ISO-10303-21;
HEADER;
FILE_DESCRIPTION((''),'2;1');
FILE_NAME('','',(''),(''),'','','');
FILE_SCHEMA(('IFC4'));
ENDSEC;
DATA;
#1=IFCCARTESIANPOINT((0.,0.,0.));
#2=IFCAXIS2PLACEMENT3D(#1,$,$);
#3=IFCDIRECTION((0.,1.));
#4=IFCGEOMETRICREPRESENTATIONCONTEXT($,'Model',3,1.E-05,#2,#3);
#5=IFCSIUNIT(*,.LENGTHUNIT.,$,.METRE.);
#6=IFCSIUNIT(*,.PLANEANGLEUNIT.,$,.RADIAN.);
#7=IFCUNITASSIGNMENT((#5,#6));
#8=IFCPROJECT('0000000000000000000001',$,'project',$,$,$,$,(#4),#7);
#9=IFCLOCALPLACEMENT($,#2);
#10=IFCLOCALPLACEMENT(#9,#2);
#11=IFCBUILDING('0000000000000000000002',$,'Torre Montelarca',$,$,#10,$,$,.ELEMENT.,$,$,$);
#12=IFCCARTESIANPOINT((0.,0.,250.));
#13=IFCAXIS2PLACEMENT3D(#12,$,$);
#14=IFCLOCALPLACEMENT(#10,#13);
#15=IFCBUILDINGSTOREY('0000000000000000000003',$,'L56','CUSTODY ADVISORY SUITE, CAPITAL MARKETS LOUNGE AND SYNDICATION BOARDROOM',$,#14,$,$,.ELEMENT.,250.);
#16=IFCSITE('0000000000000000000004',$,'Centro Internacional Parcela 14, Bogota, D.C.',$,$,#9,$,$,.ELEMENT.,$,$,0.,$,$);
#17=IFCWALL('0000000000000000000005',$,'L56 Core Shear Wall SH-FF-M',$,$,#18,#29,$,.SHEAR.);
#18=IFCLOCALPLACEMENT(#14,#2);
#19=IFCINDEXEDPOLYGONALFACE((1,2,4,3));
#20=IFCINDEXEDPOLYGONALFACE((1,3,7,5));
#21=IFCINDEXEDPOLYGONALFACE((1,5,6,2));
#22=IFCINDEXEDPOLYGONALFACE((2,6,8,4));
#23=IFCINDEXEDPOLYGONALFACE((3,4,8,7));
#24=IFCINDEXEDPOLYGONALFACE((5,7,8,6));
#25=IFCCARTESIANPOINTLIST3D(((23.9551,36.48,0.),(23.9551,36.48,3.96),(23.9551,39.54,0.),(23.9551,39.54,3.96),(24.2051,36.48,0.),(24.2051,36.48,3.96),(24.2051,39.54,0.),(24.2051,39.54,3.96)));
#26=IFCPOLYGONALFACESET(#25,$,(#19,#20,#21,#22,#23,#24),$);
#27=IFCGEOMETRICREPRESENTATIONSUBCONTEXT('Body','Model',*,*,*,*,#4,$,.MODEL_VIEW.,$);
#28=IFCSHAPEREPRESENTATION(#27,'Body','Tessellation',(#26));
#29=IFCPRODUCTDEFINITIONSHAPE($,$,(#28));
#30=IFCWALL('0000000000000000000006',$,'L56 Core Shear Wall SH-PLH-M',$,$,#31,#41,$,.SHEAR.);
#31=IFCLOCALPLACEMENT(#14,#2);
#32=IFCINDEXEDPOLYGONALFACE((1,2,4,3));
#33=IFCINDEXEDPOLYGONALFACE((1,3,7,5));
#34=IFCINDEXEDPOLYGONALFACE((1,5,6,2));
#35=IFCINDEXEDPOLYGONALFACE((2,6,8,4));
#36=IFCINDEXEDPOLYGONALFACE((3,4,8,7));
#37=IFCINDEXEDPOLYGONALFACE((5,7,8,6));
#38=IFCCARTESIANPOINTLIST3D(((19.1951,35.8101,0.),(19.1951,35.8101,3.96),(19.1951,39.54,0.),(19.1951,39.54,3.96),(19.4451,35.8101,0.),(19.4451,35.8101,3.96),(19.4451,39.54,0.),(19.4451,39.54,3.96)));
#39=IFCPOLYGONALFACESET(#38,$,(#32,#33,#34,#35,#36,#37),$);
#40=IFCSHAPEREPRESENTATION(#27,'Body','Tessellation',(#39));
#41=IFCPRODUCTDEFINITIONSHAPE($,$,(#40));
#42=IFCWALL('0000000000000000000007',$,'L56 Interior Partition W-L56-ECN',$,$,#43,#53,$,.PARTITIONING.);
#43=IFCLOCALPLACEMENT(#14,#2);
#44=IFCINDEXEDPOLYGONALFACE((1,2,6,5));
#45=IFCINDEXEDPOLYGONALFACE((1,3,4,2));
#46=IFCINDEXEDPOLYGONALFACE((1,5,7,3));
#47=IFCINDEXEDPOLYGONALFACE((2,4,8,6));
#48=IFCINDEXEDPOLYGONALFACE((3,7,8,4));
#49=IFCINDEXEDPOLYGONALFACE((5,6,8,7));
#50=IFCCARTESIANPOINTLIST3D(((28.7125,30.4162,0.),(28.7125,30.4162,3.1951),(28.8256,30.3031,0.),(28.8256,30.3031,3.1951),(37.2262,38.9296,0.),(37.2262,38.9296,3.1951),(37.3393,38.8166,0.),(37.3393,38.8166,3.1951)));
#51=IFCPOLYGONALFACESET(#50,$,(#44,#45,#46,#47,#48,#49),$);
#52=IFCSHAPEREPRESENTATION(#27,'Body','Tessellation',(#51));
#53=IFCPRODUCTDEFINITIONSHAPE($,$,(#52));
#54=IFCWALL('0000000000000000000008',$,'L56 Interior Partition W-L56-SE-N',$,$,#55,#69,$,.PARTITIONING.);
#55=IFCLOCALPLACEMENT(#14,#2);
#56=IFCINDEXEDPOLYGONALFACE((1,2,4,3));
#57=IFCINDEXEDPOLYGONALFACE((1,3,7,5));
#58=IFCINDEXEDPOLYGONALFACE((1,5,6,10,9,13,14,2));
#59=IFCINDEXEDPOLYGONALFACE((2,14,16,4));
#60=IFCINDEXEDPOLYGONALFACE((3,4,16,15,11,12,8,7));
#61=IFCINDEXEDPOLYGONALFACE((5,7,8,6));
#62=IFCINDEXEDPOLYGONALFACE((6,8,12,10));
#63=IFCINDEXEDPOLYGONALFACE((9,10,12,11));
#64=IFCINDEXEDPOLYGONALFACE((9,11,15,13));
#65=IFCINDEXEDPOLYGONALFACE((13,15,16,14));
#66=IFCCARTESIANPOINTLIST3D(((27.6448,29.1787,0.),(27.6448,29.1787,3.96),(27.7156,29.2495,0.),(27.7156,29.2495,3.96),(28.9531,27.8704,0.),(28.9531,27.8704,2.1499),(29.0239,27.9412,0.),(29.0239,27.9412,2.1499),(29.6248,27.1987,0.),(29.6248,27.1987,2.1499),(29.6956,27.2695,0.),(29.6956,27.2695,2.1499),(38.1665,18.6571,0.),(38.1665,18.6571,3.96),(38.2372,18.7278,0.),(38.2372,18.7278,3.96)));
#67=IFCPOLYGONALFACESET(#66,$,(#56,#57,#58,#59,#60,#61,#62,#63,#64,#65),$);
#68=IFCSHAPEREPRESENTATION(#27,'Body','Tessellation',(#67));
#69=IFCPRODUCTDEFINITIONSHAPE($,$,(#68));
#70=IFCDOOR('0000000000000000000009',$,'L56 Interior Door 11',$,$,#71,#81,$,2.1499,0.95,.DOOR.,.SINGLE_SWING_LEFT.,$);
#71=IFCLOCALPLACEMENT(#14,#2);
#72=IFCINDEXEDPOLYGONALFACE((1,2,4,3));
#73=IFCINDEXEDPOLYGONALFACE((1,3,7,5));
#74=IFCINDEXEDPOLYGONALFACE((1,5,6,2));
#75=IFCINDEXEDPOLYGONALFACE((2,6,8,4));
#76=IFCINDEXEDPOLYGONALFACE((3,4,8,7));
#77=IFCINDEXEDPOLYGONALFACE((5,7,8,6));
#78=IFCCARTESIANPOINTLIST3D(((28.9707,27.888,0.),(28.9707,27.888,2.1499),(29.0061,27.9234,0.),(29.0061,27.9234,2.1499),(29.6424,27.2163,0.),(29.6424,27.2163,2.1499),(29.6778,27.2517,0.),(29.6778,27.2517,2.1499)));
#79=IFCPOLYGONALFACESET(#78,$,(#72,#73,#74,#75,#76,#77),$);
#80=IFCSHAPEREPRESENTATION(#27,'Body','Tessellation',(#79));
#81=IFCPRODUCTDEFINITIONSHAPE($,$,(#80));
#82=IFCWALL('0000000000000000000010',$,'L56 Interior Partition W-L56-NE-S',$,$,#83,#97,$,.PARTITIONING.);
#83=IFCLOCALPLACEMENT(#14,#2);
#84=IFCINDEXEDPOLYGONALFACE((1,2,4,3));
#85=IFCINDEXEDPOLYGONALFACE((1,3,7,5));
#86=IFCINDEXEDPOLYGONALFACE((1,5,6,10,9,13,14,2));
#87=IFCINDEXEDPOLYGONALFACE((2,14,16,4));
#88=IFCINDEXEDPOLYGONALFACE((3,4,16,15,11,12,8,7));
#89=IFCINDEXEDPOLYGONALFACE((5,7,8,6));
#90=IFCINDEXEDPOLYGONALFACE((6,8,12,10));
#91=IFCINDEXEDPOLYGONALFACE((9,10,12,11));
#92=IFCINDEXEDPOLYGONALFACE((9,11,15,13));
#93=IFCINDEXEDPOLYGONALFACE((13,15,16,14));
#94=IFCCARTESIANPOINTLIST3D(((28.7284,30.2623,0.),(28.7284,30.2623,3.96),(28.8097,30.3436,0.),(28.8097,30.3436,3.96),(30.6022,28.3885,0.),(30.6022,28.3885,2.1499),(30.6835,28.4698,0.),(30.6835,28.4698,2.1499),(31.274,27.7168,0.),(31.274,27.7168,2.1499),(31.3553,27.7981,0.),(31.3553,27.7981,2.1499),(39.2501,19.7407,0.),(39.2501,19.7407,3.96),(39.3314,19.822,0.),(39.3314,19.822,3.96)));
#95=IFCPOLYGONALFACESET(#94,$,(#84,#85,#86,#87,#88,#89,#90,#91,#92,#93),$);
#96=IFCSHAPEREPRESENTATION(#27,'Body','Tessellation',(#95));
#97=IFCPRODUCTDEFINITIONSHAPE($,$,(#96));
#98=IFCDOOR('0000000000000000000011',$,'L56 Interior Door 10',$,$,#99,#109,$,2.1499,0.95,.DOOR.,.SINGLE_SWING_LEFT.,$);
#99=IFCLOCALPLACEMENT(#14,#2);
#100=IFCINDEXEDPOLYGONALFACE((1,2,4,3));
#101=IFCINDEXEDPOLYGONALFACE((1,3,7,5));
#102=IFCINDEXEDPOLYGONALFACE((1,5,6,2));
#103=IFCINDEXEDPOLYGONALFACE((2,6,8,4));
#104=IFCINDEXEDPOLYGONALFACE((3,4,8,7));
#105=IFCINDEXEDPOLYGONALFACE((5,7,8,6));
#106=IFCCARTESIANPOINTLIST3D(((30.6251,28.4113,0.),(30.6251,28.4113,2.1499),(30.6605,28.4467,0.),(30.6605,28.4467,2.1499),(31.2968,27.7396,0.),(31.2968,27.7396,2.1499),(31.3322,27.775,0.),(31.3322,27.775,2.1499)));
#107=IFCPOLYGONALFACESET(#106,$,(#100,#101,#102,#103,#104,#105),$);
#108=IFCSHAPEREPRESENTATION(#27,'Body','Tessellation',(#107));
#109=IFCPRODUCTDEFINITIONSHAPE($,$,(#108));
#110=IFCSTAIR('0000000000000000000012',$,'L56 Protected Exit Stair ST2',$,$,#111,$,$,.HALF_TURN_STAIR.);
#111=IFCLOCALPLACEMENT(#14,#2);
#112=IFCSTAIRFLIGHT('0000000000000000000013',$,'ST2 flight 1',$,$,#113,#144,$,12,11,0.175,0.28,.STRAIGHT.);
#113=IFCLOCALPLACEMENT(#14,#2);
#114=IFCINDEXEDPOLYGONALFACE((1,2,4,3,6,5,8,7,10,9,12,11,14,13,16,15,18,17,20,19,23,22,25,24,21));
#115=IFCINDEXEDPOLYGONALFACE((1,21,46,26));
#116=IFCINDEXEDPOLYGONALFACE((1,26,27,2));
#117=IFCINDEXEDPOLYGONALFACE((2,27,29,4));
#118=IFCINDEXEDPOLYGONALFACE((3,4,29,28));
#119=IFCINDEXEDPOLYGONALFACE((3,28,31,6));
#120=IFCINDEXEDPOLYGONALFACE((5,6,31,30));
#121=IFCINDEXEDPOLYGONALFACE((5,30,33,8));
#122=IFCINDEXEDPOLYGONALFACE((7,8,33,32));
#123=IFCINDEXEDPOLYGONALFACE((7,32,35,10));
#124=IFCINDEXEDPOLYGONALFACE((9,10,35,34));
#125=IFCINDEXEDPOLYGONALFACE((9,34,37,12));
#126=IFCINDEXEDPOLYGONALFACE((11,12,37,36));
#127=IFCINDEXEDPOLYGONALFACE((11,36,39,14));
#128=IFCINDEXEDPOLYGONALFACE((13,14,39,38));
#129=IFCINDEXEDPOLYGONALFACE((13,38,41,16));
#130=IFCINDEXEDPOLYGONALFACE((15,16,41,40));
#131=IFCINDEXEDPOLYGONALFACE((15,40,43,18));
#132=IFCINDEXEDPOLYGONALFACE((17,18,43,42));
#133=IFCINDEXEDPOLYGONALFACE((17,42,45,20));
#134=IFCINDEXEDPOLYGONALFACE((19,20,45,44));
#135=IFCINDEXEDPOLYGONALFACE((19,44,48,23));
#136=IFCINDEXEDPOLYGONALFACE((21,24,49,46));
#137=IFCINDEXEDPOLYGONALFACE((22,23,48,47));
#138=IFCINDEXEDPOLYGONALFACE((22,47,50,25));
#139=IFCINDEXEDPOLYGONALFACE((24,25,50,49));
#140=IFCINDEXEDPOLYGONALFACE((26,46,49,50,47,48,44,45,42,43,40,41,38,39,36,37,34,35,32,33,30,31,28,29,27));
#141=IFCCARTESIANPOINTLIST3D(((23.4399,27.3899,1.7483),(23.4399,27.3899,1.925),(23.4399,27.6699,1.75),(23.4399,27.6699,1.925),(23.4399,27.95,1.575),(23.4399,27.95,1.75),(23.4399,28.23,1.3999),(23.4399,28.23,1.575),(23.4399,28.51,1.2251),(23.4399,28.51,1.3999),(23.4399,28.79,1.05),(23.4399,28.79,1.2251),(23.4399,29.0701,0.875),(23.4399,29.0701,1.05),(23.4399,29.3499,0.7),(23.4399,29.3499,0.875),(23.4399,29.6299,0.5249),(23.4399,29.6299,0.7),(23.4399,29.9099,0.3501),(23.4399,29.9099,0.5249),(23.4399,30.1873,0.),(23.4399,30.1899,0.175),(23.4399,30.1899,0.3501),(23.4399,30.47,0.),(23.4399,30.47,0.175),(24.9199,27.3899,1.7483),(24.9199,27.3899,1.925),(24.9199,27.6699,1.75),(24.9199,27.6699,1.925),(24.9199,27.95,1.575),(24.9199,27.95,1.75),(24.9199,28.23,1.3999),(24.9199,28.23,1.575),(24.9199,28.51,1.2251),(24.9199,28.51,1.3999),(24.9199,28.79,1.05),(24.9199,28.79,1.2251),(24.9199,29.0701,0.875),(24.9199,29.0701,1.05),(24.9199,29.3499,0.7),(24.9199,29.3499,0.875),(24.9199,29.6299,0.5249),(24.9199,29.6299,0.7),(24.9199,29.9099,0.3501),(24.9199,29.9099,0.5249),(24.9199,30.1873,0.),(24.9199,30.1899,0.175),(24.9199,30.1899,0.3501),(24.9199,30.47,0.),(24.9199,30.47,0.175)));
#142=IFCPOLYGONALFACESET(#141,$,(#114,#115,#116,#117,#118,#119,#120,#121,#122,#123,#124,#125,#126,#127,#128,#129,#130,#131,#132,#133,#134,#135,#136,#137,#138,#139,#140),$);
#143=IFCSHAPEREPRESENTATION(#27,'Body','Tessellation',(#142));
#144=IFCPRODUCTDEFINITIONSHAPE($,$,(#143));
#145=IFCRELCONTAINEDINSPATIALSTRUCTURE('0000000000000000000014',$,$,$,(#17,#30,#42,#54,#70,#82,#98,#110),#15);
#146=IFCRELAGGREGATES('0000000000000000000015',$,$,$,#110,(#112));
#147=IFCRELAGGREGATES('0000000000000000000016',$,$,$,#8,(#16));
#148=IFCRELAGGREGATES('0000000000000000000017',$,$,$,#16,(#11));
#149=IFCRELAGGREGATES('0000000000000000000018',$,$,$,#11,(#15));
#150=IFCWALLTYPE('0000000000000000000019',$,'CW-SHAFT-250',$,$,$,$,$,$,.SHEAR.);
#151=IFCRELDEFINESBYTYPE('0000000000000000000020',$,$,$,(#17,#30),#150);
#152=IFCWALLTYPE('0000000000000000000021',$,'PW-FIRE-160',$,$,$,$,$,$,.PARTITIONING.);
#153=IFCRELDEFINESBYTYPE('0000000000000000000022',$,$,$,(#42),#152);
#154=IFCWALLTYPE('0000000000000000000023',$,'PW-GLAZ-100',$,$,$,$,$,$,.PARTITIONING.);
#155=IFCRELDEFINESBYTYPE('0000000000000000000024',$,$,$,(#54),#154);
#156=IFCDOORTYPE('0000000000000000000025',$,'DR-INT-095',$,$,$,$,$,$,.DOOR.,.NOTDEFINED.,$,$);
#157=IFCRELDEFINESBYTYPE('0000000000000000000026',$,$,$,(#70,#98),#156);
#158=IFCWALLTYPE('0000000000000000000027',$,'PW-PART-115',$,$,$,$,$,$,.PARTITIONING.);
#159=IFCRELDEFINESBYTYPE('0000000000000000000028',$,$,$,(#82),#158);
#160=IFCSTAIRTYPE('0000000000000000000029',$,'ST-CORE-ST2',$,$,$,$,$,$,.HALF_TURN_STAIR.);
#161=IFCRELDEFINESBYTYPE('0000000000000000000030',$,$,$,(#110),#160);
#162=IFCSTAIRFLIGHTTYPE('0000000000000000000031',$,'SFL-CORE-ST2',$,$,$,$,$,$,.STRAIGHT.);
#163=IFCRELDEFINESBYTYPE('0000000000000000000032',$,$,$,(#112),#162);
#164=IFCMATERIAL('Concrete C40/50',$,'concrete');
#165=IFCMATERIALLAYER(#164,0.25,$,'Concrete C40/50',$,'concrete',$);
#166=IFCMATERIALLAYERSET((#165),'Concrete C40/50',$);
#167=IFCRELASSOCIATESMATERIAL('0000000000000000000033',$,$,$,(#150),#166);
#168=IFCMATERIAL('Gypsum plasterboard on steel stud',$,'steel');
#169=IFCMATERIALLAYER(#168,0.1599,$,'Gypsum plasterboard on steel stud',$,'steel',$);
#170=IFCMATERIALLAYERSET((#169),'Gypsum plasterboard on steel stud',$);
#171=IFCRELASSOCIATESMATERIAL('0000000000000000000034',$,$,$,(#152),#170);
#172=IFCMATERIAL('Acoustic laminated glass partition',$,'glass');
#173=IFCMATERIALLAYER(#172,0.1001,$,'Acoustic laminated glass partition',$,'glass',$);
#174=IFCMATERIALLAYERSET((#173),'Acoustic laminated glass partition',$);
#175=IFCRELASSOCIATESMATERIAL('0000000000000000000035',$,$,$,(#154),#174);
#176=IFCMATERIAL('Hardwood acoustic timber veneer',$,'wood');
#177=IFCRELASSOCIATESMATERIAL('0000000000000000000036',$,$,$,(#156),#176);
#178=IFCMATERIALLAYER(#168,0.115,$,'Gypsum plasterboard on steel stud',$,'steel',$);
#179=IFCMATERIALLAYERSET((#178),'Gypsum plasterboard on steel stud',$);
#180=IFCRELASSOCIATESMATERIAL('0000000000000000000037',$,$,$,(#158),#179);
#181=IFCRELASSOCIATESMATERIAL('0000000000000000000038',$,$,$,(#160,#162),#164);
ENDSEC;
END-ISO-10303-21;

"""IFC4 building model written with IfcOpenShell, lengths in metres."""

from ifc_helpers import new_model, si_unit, direction, frame, frame_2d, origin, place, context, subcontext, project, spatial, polyline, rectangle, outline, extrude, source, transform, mapped, material, layer, layer_set, type_object, element, fill, aggregate, save


model = new_model("IFC4")

# Units and contexts
model_context = context("Model", 3, precision=1e-05, world=origin(), true_north=direction((0.0, 1.0)))
body_context = subcontext(model_context, "Body", "Model", "MODEL_VIEW")
ifc_project = project(units=[si_unit("LENGTHUNIT", "METRE"), si_unit("PLANEANGLEUNIT", "RADIAN")], contexts=[model_context])

# Site, building, storey
site_placement = place(None, origin())
site = spatial("IfcSite", under=ifc_project, at=site_placement, Name="Centro Internacional Parcela 14, Bogota, D.C.", CompositionType="ELEMENT", RefElevation=0.0)
building_placement = place(site_placement, origin())
building = spatial("IfcBuilding", under=site, at=building_placement, Name="Torre Montelarca", CompositionType="ELEMENT")
storey_placement = place(building_placement, frame((0.0, 0.0, 250.0)))
storey = spatial("IfcBuildingStorey", under=building, at=storey_placement, Name="L56", Description="CUSTODY ADVISORY SUITE, CAPITAL MARKETS LOUNGE AND SYNDICATION BOARDROOM", CompositionType="ELEMENT", Elevation=250.0)

# Shared definitions
ifc_material_1 = material(Name="Concrete C40/50", Category="concrete")
ifc_layer_1 = layer(ifc_material_1, 0.25, Name="Concrete C40/50", Category="concrete")
ifc_layer_set_1 = layer_set([ifc_layer_1], Name="Concrete C40/50")
wall_type_1 = type_object("IfcWallType", Name="CW-SHAFT-250", PredefinedType="SHEAR", material=ifc_layer_set_1)

# Walls
wall_1_placement = place(storey_placement, frame((24.0801, 36.48, 0.0), z_axis=(0.0, 0.0, 1.0), x_axis=(0.0, 1.0, 0.0)))
element("IfcWall", 1, at=wall_1_placement, inside=storey, type_object=wall_type_1, Name="L56 Core Shear Wall SH-FF-M", PredefinedType="SHEAR", context=body_context, shape_type="SweptSolid", body=[
    extrude(rectangle(XDim=3.0601, YDim=0.25, at=frame_2d((1.53, 0.0))), origin(), (0.0, 0.0, 1.0), 3.96),
])
wall_2_placement = place(storey_placement, frame((19.3201, 35.8101, 0.0), z_axis=(0.0, 0.0, 1.0), x_axis=(0.0, 1.0, 0.0)))
element("IfcWall", 2, at=wall_2_placement, inside=storey, type_object=wall_type_1, Name="L56 Core Shear Wall SH-PLH-M", PredefinedType="SHEAR", context=body_context, shape_type="SweptSolid", body=[
    extrude(rectangle(XDim=3.73, YDim=0.25, at=frame_2d((1.865, 0.0))), origin(), (0.0, 0.0, 1.0), 3.96),
])
ifc_material_2 = material(Name="Gypsum plasterboard on steel stud", Category="steel")
ifc_layer_2 = layer(ifc_material_2, 0.1599, Name="Gypsum plasterboard on steel stud", Category="steel")
ifc_layer_set_2 = layer_set([ifc_layer_2], Name="Gypsum plasterboard on steel stud")
wall_type_2 = type_object("IfcWallType", Name="PW-FIRE-160", PredefinedType="PARTITIONING", material=ifc_layer_set_2)
wall_3_placement = place(storey_placement, frame((28.769, 30.3596, 0.0), z_axis=(0.0, 0.0, 1.0), x_axis=(0.707117, 0.707097, 0.0)))
element("IfcWall", 3, at=wall_3_placement, inside=storey, type_object=wall_type_2, Name="L56 Interior Partition W-L56-ECN", PredefinedType="PARTITIONING", context=body_context, shape_type="SweptSolid", body=[
    extrude(rectangle(XDim=12.04, YDim=0.1599, at=frame_2d((6.02, 0.0))), origin(), (0.0, 0.0, 1.0), 3.1951),
])

# Walls, openings, doors
ifc_material_3 = material(Name="Acoustic laminated glass partition", Category="glass")
ifc_layer_3 = layer(ifc_material_3, 0.1001, Name="Acoustic laminated glass partition", Category="glass")
ifc_layer_set_3 = layer_set([ifc_layer_3], Name="Acoustic laminated glass partition")
wall_type_3 = type_object("IfcWallType", Name="PW-GLAZ-100", PredefinedType="PARTITIONING", material=ifc_layer_set_3)
wall_4_placement = place(storey_placement, frame((27.6802, 29.2141, 0.0), z_axis=(0.0, 0.0, 1.0), x_axis=(0.707107, -0.707107, 0.0)))
wall_4 = element("IfcWall", 4, at=wall_4_placement, inside=storey, type_object=wall_type_3, Name="L56 Interior Partition W-L56-SE-N", PredefinedType="PARTITIONING", context=body_context, shape_type="SweptSolid", body=[
    extrude(rectangle(XDim=14.8799, YDim=0.1001, at=frame_2d((7.4399, 0.0))), origin(), (0.0, 0.0, 1.0), 3.96),
])
opening_1_placement = place(wall_4_placement, frame((1.8501, 0.0, 0.0)))
opening_1 = element("IfcOpeningElement", 5, at=opening_1_placement, cuts=wall_4, PredefinedType="OPENING", context=body_context, shape_type="SweptSolid", body=[
    extrude(rectangle(XDim=0.95, YDim=2.1499, at=frame_2d((0.4751, 1.075))), frame((0.0, 0.0601, 0.0), z_axis=(0.0, -1.0, 0.0), x_axis=(1.0, 0.0, 0.0)), (0.0, 0.0, 1.0), 0.1201),
])
ifc_material_4 = material(Name="Hardwood acoustic timber veneer", Category="wood")
door_type_1 = type_object("IfcDoorType", Name="DR-INT-095", OperationType="NOTDEFINED", PredefinedType="DOOR", material=ifc_material_4)
shared_shape_1 = source(origin(), body_context, "Body", "SweptSolid", [
    extrude(rectangle(XDim=0.95, YDim=2.1499, at=frame_2d((0.4751, 1.075))), frame((0.0, 0.0249, 0.0), z_axis=(0.0, -1.0, 0.0), x_axis=(1.0, 0.0, 0.0)), (0.0, 0.0, 1.0), 0.05),
])
door_1_placement = place(opening_1_placement, origin())
door_1 = element("IfcDoor", 6, at=door_1_placement, inside=storey, type_object=door_type_1, Name="L56 Interior Door 11", OperationType="SINGLE_SWING_LEFT", OverallHeight=2.1499, OverallWidth=0.95, PredefinedType="DOOR", context=body_context, shape_type="MappedRepresentation", body=[
    mapped(shared_shape_1, transform((0.0, 0.0, 0.0), scale=1.0)),
])
fill(opening_1, door_1)
ifc_layer_4 = layer(ifc_material_2, 0.115, Name="Gypsum plasterboard on steel stud", Category="steel")
ifc_layer_set_4 = layer_set([ifc_layer_4], Name="Gypsum plasterboard on steel stud")
wall_type_4 = type_object("IfcWallType", Name="PW-PART-115", PredefinedType="PARTITIONING", material=ifc_layer_set_4)
wall_5_placement = place(storey_placement, frame((28.769, 30.303, 0.0), z_axis=(0.0, 0.0, 1.0), x_axis=(0.707107, -0.707107, 0.0)))
wall_5 = element("IfcWall", 7, at=wall_5_placement, inside=storey, type_object=wall_type_4, Name="L56 Interior Partition W-L56-NE-S", PredefinedType="PARTITIONING", context=body_context, shape_type="SweptSolid", body=[
    extrude(rectangle(XDim=14.8799, YDim=0.115, at=frame_2d((7.4399, 0.0))), origin(), (0.0, 0.0, 1.0), 3.96),
])
opening_2_placement = place(wall_5_placement, frame((2.6499, 0.0, 0.0)))
opening_2 = element("IfcOpeningElement", 8, at=opening_2_placement, cuts=wall_5, PredefinedType="OPENING", context=body_context, shape_type="SweptSolid", body=[
    extrude(rectangle(XDim=0.95, YDim=2.1499, at=frame_2d((0.4751, 1.075))), frame((0.0, 0.0674, 0.0), z_axis=(0.0, -1.0, 0.0), x_axis=(1.0, 0.0, 0.0)), (0.0, 0.0, 1.0), 0.135),
])
door_2_placement = place(opening_2_placement, origin())
door_2 = element("IfcDoor", 9, at=door_2_placement, inside=storey, type_object=door_type_1, Name="L56 Interior Door 10", OperationType="SINGLE_SWING_LEFT", OverallHeight=2.1499, OverallWidth=0.95, PredefinedType="DOOR", context=body_context, shape_type="MappedRepresentation", body=[
    mapped(shared_shape_1, transform((0.0, 0.0, 0.0), scale=1.0)),
])
fill(opening_2, door_2)

# Stair, stair flight
stair_type = type_object("IfcStairType", Name="ST-CORE-ST2", PredefinedType="HALF_TURN_STAIR", material=ifc_material_1)
stair_placement = place(storey_placement, origin())
stair = element("IfcStair", 10, at=stair_placement, inside=storey, type_object=stair_type, Name="L56 Protected Exit Stair ST2", PredefinedType="HALF_TURN_STAIR")
stair_flight_type = type_object("IfcStairFlightType", Name="SFL-CORE-ST2", PredefinedType="STRAIGHT", material=ifc_material_1)
stair_flight_placement = place(storey_placement, frame((24.1799, 30.47, 0.0), z_axis=(0.0, 0.0, 1.0), x_axis=(0.0, -1.0, 0.0)))
stair_flight = element("IfcStairFlight", 11, at=stair_flight_placement, type_object=stair_flight_type, Name="ST2 flight 1", NumberOfRisers=12, NumberOfTreads=11, PredefinedType="STRAIGHT", RiserHeight=0.175, TreadLength=0.28, context=body_context, shape_type="SweptSolid", body=[
    extrude(outline(polyline([(0.0, 0.0), (0.0, 0.175), (0.28, 0.175), (0.28, 0.3501), (0.5601, 0.3501), (0.5601, 0.5249), (0.8401, 0.5249), (0.8401, 0.7), (1.1201, 0.7), (1.1201, 0.875), (1.3999, 0.875), (1.3999, 1.05), (1.6799, 1.05), (1.6799, 1.2251), (1.96, 1.2251), (1.96, 1.3999), (2.24, 1.3999), (2.24, 1.575), (2.52, 1.575), (2.52, 1.75), (2.8, 1.75), (2.8, 1.925), (3.0801, 1.925), (3.0801, 2.1001), (3.0801, 1.7483), (0.2827, 0.0), (0.0, 0.0)])), frame((0.0, 0.74, 0.0), z_axis=(0.0, -1.0, 0.0), x_axis=(1.0, 0.0, 0.0)), (0.0, 0.0, 1.0), 1.48),
])
aggregate(stair, [stair_flight])

save(model, "model.ifc")
